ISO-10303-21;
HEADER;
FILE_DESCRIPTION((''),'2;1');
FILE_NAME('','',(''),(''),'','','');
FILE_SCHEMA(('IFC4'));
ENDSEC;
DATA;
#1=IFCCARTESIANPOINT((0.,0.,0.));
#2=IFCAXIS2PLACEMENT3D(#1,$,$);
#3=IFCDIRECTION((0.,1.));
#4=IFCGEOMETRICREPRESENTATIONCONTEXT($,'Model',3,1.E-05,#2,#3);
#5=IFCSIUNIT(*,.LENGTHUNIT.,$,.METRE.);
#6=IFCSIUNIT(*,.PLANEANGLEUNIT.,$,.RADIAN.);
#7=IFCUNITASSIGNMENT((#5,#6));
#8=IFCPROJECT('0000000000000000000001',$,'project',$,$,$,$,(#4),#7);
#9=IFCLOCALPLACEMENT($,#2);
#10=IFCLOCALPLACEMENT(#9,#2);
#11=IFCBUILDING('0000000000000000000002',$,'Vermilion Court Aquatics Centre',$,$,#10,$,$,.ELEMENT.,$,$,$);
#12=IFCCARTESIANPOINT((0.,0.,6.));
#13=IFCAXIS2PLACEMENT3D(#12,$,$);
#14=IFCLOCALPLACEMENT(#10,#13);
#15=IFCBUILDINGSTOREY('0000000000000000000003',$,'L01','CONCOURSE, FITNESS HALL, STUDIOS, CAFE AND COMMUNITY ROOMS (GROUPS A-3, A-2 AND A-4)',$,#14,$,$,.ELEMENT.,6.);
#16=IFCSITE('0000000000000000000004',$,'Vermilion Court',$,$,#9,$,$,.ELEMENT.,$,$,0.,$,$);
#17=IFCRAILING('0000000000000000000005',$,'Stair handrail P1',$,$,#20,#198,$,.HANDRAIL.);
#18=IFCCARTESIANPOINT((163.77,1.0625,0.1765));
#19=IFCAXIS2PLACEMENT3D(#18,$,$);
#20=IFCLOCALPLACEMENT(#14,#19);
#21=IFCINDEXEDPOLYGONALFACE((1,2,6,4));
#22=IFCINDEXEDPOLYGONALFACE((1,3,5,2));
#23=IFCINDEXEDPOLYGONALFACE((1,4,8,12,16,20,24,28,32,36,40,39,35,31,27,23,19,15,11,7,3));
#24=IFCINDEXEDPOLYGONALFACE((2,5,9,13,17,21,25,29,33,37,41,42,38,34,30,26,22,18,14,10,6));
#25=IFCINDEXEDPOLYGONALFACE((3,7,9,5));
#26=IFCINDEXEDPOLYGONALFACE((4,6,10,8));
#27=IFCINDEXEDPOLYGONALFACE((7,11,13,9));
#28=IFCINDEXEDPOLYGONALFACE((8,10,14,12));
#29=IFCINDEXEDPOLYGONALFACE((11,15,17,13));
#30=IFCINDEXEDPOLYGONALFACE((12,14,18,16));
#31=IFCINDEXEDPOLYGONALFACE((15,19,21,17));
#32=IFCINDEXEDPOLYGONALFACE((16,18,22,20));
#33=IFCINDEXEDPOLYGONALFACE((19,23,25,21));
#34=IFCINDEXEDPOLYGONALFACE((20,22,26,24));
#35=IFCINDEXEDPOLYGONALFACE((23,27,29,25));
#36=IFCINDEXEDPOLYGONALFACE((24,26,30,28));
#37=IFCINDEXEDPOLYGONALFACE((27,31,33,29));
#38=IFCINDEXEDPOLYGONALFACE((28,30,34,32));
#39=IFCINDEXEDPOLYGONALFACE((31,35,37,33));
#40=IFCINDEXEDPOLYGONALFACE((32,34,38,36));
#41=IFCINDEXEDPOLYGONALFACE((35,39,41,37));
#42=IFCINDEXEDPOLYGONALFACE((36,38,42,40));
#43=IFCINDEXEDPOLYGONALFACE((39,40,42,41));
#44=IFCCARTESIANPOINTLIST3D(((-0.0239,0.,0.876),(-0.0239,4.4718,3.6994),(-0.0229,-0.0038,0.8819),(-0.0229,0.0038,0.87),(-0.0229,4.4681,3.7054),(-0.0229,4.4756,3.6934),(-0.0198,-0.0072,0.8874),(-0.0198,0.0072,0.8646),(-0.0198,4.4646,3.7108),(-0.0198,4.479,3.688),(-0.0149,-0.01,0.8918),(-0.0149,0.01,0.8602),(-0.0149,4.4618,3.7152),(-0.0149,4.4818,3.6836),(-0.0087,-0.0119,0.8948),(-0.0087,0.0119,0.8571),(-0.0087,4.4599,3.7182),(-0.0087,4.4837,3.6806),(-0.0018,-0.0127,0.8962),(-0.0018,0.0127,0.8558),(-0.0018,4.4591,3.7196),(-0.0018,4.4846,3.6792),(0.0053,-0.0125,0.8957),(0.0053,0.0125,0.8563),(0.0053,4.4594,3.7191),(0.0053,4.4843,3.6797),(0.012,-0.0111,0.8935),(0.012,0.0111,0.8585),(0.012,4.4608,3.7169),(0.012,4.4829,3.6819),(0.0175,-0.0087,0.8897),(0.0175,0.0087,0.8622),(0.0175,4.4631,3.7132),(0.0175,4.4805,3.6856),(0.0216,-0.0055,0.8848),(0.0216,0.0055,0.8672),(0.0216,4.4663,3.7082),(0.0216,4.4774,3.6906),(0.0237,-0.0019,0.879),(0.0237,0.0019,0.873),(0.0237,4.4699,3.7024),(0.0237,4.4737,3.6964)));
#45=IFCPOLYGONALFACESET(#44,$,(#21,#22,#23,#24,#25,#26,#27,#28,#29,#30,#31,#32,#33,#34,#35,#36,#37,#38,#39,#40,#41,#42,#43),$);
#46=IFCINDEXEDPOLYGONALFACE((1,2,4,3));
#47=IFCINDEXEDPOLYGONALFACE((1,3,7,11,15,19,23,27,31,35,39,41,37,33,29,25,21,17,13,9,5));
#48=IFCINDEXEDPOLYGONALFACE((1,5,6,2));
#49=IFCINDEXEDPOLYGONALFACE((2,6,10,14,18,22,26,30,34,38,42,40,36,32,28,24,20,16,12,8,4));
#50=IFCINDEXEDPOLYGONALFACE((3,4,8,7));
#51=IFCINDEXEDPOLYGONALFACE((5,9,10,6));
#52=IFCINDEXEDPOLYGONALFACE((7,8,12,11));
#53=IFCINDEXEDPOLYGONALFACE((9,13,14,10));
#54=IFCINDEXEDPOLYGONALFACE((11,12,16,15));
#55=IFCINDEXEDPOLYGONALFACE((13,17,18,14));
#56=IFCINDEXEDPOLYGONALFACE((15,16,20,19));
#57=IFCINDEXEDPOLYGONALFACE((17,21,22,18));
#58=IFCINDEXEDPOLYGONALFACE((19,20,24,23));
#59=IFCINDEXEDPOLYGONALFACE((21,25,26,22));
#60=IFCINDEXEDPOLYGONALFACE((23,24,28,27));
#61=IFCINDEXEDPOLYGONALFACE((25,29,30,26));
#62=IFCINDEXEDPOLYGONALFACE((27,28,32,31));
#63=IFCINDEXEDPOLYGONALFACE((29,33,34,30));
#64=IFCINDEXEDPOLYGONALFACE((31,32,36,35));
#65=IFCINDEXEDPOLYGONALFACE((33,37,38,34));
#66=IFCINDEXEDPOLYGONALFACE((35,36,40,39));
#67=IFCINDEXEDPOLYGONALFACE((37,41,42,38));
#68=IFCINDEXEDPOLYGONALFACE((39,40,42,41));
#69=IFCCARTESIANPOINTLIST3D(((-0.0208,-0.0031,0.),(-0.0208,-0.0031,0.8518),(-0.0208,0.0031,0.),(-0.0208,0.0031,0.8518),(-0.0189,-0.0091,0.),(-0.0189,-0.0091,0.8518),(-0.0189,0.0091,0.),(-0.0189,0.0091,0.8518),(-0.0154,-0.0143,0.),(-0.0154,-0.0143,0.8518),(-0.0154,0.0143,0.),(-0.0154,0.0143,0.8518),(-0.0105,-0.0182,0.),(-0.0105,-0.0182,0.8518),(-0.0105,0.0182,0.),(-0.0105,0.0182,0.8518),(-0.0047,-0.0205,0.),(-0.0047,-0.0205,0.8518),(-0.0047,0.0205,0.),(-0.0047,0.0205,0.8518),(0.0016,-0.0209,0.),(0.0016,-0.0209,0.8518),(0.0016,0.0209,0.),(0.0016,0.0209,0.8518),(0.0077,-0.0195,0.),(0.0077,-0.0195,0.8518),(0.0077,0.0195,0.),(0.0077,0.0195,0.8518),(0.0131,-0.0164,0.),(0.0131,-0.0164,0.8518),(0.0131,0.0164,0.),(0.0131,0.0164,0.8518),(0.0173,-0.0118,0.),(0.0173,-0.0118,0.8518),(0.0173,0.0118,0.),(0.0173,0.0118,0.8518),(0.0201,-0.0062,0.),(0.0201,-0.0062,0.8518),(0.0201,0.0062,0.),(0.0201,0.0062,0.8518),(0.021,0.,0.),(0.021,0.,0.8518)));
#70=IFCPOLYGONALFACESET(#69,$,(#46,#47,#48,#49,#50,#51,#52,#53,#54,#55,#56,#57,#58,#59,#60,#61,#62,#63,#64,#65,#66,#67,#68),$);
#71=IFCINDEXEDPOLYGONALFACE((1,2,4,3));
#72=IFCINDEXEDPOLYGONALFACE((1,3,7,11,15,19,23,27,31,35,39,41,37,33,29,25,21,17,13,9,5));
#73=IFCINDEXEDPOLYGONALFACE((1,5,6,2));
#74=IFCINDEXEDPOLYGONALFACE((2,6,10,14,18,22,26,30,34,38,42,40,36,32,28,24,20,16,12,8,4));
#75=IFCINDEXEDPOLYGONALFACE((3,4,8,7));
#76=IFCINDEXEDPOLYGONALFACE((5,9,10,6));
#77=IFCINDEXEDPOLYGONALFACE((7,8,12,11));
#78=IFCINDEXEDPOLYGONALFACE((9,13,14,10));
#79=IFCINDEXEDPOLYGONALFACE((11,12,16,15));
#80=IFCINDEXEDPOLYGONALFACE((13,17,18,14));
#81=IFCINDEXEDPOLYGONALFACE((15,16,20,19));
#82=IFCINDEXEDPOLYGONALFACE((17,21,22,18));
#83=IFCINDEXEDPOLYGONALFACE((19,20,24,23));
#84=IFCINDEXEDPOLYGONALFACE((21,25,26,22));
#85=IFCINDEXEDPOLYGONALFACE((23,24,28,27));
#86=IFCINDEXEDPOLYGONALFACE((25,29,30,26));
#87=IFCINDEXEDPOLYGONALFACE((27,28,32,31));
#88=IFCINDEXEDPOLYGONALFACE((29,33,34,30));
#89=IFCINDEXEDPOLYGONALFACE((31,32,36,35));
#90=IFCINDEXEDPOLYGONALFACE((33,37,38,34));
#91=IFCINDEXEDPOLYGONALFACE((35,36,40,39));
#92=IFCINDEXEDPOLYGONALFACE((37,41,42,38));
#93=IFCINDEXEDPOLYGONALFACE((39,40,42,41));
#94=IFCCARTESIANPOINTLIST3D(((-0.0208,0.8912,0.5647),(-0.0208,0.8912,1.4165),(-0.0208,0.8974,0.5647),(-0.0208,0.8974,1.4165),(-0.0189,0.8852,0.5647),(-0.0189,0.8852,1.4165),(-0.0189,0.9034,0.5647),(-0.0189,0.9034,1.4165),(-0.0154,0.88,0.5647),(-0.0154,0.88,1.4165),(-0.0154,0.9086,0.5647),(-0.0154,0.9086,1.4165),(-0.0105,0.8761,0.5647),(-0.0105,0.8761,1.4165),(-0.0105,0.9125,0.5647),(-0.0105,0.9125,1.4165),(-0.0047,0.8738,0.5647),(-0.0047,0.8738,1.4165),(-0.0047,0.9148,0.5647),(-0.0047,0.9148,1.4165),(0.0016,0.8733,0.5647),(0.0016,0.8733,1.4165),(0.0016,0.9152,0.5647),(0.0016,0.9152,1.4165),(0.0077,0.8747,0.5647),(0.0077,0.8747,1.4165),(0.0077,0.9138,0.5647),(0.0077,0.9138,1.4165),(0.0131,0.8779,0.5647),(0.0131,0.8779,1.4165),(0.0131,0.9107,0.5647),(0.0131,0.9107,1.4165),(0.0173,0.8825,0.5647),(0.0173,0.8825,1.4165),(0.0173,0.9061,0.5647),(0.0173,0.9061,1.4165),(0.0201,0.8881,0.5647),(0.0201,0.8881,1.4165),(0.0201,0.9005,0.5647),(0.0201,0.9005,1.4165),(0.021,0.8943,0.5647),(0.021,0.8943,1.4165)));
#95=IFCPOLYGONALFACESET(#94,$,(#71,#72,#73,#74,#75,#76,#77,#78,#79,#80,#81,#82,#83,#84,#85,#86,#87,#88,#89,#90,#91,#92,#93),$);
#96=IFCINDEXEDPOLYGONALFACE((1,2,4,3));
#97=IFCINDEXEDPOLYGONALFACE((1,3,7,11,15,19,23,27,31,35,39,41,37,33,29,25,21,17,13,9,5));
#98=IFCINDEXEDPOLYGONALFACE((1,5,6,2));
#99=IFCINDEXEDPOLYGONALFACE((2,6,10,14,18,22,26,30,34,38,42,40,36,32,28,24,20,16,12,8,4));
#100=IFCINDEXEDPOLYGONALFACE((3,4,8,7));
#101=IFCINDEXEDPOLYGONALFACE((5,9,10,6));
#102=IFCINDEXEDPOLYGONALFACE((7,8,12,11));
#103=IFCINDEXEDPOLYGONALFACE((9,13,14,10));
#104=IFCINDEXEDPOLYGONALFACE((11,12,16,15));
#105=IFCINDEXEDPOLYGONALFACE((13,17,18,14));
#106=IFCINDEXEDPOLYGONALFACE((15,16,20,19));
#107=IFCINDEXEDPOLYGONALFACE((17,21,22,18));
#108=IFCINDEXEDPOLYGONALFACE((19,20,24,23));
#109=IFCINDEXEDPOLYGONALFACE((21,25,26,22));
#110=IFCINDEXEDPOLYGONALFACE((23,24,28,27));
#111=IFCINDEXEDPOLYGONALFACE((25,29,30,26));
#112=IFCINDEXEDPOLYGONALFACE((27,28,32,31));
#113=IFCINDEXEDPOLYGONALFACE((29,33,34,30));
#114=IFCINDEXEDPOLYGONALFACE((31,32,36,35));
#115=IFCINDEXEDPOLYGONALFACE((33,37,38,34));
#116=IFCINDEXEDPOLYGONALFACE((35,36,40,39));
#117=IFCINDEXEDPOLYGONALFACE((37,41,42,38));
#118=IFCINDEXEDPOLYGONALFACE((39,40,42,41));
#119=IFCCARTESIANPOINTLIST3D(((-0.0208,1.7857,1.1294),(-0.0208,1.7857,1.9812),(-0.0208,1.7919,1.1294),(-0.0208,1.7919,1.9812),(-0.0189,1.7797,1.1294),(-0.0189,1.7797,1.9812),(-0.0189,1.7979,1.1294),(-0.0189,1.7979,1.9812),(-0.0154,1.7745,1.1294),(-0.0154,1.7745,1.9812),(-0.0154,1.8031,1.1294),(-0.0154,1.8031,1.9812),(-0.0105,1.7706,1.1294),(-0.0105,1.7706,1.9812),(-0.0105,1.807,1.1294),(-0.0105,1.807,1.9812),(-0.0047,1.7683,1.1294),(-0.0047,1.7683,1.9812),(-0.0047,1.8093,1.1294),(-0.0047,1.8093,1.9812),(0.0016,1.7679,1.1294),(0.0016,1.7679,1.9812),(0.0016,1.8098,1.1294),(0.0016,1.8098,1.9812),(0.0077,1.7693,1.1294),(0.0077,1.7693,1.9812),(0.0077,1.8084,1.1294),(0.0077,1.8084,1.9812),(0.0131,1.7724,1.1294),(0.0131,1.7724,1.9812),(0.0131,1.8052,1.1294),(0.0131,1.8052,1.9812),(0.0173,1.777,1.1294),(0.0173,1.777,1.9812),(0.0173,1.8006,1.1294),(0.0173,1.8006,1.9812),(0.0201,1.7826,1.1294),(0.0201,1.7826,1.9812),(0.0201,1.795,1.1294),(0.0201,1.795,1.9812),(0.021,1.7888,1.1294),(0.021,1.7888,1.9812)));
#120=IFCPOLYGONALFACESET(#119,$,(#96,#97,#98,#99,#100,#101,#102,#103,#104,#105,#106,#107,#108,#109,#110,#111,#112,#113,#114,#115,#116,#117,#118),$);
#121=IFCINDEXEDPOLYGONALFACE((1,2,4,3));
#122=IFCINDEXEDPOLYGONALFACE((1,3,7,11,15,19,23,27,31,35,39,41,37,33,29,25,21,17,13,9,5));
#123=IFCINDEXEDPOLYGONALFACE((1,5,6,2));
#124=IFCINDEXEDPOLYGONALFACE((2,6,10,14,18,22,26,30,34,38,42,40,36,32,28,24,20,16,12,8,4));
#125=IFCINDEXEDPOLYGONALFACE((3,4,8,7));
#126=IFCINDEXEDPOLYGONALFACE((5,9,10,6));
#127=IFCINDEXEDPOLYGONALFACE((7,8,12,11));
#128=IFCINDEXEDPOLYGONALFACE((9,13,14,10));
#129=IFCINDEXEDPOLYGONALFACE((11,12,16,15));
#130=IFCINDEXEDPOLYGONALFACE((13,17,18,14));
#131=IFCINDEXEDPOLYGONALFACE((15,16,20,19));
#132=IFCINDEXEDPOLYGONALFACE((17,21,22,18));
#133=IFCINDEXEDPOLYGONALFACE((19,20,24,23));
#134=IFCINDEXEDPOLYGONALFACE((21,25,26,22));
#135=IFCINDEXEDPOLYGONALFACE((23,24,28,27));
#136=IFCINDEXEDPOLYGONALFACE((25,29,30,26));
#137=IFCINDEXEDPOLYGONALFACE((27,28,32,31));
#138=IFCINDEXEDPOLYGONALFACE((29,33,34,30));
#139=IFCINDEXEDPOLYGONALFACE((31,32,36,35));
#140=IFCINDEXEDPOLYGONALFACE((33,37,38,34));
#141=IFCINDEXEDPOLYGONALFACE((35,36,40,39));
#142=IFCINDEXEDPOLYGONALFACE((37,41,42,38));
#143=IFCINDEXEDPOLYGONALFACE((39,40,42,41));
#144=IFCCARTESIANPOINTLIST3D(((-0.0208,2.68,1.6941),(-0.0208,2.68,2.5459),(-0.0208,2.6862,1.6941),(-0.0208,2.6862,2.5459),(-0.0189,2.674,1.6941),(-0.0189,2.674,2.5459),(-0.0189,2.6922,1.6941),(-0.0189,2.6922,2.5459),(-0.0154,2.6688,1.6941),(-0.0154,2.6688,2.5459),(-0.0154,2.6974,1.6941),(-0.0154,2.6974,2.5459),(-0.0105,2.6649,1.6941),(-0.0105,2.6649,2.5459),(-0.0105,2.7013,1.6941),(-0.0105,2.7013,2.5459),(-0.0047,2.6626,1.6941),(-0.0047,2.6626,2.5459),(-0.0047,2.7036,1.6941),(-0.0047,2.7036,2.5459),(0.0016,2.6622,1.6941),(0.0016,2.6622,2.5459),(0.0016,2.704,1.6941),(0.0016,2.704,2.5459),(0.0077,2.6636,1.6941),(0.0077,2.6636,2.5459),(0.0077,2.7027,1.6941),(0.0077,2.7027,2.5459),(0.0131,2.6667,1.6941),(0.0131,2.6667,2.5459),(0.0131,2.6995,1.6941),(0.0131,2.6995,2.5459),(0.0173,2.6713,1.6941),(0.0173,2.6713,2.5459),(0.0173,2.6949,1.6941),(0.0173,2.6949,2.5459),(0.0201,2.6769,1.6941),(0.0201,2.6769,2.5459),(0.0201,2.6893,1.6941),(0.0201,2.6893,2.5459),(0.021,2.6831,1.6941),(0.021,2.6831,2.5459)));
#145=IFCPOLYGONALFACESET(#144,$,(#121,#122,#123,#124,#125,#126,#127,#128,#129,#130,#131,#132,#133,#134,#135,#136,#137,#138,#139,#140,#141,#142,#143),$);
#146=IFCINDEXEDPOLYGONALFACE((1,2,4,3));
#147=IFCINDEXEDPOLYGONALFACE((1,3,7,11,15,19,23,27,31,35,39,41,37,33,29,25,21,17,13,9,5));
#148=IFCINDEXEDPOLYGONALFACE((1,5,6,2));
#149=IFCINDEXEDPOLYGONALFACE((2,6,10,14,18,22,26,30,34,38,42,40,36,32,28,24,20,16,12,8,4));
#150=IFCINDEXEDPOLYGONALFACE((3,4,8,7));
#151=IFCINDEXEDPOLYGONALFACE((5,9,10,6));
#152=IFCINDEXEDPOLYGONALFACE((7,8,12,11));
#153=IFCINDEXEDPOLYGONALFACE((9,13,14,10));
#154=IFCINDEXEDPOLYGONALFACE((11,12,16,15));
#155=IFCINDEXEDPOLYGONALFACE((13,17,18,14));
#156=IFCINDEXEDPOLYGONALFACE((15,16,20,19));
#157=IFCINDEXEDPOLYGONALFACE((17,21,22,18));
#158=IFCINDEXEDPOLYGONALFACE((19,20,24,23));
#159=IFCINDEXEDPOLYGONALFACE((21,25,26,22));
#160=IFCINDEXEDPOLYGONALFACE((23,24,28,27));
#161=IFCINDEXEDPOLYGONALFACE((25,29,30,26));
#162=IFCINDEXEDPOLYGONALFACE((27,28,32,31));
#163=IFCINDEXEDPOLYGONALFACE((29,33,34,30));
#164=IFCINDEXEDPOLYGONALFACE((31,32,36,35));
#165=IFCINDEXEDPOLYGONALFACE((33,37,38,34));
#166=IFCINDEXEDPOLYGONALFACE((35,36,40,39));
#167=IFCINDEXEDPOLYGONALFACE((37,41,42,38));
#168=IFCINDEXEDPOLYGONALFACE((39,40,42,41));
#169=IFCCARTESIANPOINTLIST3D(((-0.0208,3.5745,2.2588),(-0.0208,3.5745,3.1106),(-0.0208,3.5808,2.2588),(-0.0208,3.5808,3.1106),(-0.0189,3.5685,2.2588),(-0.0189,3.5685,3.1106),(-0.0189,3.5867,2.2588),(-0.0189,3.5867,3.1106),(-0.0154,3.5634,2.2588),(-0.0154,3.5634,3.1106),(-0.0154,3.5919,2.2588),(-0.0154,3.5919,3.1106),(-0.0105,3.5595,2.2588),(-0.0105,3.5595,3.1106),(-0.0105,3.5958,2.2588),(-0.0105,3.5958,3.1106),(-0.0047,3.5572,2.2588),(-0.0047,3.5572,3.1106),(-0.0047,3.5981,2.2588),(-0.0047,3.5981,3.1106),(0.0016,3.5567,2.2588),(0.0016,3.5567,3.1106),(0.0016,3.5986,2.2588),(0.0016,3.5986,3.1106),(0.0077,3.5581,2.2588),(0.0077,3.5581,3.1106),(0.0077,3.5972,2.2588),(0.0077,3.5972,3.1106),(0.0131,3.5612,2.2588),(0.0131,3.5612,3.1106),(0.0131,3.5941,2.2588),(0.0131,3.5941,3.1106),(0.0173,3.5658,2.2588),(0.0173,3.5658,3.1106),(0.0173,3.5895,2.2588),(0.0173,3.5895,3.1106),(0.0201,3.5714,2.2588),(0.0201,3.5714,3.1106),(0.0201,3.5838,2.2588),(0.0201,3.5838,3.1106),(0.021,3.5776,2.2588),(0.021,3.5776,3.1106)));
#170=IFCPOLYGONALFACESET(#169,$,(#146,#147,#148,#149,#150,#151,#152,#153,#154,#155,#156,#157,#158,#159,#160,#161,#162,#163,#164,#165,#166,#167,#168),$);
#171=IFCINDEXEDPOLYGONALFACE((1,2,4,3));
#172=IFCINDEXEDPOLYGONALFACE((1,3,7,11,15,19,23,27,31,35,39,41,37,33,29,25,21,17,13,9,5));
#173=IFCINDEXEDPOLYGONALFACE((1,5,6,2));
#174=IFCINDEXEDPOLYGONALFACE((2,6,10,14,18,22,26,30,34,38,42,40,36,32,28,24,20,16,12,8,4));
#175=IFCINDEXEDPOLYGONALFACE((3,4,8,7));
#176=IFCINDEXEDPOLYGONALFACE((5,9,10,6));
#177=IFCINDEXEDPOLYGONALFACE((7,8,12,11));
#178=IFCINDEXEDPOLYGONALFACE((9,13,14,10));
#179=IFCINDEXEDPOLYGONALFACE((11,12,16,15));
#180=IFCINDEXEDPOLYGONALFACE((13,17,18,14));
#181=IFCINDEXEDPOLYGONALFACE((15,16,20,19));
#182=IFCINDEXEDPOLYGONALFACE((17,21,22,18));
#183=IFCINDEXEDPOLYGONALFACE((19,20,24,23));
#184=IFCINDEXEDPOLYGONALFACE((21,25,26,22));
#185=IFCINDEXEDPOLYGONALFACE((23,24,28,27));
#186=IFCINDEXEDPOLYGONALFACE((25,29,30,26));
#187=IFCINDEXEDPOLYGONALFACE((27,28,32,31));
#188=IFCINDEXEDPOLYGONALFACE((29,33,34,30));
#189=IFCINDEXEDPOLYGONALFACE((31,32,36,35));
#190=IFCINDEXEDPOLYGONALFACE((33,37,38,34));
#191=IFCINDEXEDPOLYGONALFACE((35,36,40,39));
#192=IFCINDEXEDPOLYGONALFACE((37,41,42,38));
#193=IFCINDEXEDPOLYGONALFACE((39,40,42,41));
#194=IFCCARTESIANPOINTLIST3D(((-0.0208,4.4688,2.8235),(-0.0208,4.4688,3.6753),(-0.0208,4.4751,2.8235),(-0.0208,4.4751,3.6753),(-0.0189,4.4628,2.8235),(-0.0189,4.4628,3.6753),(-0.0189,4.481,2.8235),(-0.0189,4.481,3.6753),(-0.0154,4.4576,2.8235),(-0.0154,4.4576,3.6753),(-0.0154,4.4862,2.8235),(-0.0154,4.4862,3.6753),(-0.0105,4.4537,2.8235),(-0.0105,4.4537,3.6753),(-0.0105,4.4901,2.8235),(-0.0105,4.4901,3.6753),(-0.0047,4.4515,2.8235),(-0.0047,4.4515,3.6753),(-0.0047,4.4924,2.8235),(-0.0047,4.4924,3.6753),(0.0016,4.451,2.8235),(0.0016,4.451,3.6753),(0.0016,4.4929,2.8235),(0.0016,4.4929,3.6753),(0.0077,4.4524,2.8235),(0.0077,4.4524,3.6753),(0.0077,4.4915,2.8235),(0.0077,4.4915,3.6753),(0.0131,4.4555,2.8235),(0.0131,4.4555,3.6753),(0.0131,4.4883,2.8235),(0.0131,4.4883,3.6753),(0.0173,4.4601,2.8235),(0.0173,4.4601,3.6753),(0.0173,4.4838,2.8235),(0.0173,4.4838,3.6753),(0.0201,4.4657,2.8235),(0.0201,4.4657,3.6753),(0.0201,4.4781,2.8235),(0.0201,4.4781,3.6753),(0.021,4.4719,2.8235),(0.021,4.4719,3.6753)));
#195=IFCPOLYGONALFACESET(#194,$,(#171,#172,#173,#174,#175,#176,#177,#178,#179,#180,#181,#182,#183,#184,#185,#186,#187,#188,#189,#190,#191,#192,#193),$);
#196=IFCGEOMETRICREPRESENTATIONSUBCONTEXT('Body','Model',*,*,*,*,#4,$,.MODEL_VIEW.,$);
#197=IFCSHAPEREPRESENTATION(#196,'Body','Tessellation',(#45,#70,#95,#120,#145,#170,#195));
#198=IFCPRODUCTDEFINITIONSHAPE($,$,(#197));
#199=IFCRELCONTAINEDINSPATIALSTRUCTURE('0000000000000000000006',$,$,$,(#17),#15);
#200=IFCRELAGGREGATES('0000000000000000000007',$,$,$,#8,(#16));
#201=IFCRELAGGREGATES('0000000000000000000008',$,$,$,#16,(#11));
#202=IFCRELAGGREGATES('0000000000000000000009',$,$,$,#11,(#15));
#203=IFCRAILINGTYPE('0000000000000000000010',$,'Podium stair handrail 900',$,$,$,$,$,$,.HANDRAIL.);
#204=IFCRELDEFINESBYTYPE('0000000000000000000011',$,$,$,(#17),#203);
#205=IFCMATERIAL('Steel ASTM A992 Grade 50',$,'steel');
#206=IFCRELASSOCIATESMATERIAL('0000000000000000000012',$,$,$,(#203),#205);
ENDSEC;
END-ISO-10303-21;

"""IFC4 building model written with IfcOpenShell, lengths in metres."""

from ifc_helpers import new_model, si_unit, direction, frame, origin, origin_2d, place, context, subcontext, project, spatial, circle, extrude, material, type_object, element, save


model = new_model("IFC4")

# Units and contexts
model_context = context("Model", 3, precision=1e-05, world=origin(), true_north=direction((0.0, 1.0)))
body_context = subcontext(model_context, "Body", "Model", "MODEL_VIEW")
ifc_project = project(units=[si_unit("LENGTHUNIT", "METRE"), si_unit("PLANEANGLEUNIT", "RADIAN")], contexts=[model_context])

# Site, building, storey
site_placement = place(None, origin())
site = spatial("IfcSite", under=ifc_project, at=site_placement, Name="Vermilion Court", CompositionType="ELEMENT", RefElevation=0.0)
building_placement = place(site_placement, origin())
building = spatial("IfcBuilding", under=site, at=building_placement, Name="Vermilion Court Aquatics Centre", CompositionType="ELEMENT")
storey_placement = place(building_placement, frame((0.0, 0.0, 6.0)))
storey = spatial("IfcBuildingStorey", under=building, at=storey_placement, Name="L01", Description="CONCOURSE, FITNESS HALL, STUDIOS, CAFE AND COMMUNITY ROOMS (GROUPS A-3, A-2 AND A-4)", CompositionType="ELEMENT", Elevation=6.0)

# Railing
ifc_material_1 = material(Name="Steel ASTM A992 Grade 50", Category="steel")
railing_type_1 = type_object("IfcRailingType", Name="Podium stair handrail 900", PredefinedType="HANDRAIL", material=ifc_material_1)
for number, where, name in (
    (1, (163.77, 1.0625, 0.1765), "Stair handrail P1"),
):
    element("IfcRailing", number, at=place(storey_placement, frame(where)), inside=storey, type_object=railing_type_1, Name=name, PredefinedType="HANDRAIL", context=body_context, shape_type="SweptSolid", body=[
        extrude(circle(Radius=0.0239, at=origin_2d()), frame((0.0, 0.0, 0.876), z_axis=(0.0, 0.845565, 0.533873), x_axis=(-1.0, 0.0, 0.0)), (0.0, 0.0, 1.0), 5.2886),
        extrude(circle(Radius=0.021, at=origin_2d()), origin(), (0.0, 0.0, 1.0), 0.8518),
        extrude(circle(Radius=0.021, at=origin_2d()), frame((0.0, 0.8943, 0.5647)), (0.0, 0.0, 1.0), 0.8518),
        extrude(circle(Radius=0.021, at=origin_2d()), frame((0.0, 1.7888, 1.1294)), (0.0, 0.0, 1.0), 0.8518),
        extrude(circle(Radius=0.021, at=origin_2d()), frame((0.0, 2.6831, 1.6941)), (0.0, 0.0, 1.0), 0.8518),
        extrude(circle(Radius=0.021, at=origin_2d()), frame((0.0, 3.5776, 2.2588)), (0.0, 0.0, 1.0), 0.8518),
        extrude(circle(Radius=0.021, at=origin_2d()), frame((0.0, 4.4719, 2.8235)), (0.0, 0.0, 1.0), 0.8518),
    ])

save(model, "model.ifc")
